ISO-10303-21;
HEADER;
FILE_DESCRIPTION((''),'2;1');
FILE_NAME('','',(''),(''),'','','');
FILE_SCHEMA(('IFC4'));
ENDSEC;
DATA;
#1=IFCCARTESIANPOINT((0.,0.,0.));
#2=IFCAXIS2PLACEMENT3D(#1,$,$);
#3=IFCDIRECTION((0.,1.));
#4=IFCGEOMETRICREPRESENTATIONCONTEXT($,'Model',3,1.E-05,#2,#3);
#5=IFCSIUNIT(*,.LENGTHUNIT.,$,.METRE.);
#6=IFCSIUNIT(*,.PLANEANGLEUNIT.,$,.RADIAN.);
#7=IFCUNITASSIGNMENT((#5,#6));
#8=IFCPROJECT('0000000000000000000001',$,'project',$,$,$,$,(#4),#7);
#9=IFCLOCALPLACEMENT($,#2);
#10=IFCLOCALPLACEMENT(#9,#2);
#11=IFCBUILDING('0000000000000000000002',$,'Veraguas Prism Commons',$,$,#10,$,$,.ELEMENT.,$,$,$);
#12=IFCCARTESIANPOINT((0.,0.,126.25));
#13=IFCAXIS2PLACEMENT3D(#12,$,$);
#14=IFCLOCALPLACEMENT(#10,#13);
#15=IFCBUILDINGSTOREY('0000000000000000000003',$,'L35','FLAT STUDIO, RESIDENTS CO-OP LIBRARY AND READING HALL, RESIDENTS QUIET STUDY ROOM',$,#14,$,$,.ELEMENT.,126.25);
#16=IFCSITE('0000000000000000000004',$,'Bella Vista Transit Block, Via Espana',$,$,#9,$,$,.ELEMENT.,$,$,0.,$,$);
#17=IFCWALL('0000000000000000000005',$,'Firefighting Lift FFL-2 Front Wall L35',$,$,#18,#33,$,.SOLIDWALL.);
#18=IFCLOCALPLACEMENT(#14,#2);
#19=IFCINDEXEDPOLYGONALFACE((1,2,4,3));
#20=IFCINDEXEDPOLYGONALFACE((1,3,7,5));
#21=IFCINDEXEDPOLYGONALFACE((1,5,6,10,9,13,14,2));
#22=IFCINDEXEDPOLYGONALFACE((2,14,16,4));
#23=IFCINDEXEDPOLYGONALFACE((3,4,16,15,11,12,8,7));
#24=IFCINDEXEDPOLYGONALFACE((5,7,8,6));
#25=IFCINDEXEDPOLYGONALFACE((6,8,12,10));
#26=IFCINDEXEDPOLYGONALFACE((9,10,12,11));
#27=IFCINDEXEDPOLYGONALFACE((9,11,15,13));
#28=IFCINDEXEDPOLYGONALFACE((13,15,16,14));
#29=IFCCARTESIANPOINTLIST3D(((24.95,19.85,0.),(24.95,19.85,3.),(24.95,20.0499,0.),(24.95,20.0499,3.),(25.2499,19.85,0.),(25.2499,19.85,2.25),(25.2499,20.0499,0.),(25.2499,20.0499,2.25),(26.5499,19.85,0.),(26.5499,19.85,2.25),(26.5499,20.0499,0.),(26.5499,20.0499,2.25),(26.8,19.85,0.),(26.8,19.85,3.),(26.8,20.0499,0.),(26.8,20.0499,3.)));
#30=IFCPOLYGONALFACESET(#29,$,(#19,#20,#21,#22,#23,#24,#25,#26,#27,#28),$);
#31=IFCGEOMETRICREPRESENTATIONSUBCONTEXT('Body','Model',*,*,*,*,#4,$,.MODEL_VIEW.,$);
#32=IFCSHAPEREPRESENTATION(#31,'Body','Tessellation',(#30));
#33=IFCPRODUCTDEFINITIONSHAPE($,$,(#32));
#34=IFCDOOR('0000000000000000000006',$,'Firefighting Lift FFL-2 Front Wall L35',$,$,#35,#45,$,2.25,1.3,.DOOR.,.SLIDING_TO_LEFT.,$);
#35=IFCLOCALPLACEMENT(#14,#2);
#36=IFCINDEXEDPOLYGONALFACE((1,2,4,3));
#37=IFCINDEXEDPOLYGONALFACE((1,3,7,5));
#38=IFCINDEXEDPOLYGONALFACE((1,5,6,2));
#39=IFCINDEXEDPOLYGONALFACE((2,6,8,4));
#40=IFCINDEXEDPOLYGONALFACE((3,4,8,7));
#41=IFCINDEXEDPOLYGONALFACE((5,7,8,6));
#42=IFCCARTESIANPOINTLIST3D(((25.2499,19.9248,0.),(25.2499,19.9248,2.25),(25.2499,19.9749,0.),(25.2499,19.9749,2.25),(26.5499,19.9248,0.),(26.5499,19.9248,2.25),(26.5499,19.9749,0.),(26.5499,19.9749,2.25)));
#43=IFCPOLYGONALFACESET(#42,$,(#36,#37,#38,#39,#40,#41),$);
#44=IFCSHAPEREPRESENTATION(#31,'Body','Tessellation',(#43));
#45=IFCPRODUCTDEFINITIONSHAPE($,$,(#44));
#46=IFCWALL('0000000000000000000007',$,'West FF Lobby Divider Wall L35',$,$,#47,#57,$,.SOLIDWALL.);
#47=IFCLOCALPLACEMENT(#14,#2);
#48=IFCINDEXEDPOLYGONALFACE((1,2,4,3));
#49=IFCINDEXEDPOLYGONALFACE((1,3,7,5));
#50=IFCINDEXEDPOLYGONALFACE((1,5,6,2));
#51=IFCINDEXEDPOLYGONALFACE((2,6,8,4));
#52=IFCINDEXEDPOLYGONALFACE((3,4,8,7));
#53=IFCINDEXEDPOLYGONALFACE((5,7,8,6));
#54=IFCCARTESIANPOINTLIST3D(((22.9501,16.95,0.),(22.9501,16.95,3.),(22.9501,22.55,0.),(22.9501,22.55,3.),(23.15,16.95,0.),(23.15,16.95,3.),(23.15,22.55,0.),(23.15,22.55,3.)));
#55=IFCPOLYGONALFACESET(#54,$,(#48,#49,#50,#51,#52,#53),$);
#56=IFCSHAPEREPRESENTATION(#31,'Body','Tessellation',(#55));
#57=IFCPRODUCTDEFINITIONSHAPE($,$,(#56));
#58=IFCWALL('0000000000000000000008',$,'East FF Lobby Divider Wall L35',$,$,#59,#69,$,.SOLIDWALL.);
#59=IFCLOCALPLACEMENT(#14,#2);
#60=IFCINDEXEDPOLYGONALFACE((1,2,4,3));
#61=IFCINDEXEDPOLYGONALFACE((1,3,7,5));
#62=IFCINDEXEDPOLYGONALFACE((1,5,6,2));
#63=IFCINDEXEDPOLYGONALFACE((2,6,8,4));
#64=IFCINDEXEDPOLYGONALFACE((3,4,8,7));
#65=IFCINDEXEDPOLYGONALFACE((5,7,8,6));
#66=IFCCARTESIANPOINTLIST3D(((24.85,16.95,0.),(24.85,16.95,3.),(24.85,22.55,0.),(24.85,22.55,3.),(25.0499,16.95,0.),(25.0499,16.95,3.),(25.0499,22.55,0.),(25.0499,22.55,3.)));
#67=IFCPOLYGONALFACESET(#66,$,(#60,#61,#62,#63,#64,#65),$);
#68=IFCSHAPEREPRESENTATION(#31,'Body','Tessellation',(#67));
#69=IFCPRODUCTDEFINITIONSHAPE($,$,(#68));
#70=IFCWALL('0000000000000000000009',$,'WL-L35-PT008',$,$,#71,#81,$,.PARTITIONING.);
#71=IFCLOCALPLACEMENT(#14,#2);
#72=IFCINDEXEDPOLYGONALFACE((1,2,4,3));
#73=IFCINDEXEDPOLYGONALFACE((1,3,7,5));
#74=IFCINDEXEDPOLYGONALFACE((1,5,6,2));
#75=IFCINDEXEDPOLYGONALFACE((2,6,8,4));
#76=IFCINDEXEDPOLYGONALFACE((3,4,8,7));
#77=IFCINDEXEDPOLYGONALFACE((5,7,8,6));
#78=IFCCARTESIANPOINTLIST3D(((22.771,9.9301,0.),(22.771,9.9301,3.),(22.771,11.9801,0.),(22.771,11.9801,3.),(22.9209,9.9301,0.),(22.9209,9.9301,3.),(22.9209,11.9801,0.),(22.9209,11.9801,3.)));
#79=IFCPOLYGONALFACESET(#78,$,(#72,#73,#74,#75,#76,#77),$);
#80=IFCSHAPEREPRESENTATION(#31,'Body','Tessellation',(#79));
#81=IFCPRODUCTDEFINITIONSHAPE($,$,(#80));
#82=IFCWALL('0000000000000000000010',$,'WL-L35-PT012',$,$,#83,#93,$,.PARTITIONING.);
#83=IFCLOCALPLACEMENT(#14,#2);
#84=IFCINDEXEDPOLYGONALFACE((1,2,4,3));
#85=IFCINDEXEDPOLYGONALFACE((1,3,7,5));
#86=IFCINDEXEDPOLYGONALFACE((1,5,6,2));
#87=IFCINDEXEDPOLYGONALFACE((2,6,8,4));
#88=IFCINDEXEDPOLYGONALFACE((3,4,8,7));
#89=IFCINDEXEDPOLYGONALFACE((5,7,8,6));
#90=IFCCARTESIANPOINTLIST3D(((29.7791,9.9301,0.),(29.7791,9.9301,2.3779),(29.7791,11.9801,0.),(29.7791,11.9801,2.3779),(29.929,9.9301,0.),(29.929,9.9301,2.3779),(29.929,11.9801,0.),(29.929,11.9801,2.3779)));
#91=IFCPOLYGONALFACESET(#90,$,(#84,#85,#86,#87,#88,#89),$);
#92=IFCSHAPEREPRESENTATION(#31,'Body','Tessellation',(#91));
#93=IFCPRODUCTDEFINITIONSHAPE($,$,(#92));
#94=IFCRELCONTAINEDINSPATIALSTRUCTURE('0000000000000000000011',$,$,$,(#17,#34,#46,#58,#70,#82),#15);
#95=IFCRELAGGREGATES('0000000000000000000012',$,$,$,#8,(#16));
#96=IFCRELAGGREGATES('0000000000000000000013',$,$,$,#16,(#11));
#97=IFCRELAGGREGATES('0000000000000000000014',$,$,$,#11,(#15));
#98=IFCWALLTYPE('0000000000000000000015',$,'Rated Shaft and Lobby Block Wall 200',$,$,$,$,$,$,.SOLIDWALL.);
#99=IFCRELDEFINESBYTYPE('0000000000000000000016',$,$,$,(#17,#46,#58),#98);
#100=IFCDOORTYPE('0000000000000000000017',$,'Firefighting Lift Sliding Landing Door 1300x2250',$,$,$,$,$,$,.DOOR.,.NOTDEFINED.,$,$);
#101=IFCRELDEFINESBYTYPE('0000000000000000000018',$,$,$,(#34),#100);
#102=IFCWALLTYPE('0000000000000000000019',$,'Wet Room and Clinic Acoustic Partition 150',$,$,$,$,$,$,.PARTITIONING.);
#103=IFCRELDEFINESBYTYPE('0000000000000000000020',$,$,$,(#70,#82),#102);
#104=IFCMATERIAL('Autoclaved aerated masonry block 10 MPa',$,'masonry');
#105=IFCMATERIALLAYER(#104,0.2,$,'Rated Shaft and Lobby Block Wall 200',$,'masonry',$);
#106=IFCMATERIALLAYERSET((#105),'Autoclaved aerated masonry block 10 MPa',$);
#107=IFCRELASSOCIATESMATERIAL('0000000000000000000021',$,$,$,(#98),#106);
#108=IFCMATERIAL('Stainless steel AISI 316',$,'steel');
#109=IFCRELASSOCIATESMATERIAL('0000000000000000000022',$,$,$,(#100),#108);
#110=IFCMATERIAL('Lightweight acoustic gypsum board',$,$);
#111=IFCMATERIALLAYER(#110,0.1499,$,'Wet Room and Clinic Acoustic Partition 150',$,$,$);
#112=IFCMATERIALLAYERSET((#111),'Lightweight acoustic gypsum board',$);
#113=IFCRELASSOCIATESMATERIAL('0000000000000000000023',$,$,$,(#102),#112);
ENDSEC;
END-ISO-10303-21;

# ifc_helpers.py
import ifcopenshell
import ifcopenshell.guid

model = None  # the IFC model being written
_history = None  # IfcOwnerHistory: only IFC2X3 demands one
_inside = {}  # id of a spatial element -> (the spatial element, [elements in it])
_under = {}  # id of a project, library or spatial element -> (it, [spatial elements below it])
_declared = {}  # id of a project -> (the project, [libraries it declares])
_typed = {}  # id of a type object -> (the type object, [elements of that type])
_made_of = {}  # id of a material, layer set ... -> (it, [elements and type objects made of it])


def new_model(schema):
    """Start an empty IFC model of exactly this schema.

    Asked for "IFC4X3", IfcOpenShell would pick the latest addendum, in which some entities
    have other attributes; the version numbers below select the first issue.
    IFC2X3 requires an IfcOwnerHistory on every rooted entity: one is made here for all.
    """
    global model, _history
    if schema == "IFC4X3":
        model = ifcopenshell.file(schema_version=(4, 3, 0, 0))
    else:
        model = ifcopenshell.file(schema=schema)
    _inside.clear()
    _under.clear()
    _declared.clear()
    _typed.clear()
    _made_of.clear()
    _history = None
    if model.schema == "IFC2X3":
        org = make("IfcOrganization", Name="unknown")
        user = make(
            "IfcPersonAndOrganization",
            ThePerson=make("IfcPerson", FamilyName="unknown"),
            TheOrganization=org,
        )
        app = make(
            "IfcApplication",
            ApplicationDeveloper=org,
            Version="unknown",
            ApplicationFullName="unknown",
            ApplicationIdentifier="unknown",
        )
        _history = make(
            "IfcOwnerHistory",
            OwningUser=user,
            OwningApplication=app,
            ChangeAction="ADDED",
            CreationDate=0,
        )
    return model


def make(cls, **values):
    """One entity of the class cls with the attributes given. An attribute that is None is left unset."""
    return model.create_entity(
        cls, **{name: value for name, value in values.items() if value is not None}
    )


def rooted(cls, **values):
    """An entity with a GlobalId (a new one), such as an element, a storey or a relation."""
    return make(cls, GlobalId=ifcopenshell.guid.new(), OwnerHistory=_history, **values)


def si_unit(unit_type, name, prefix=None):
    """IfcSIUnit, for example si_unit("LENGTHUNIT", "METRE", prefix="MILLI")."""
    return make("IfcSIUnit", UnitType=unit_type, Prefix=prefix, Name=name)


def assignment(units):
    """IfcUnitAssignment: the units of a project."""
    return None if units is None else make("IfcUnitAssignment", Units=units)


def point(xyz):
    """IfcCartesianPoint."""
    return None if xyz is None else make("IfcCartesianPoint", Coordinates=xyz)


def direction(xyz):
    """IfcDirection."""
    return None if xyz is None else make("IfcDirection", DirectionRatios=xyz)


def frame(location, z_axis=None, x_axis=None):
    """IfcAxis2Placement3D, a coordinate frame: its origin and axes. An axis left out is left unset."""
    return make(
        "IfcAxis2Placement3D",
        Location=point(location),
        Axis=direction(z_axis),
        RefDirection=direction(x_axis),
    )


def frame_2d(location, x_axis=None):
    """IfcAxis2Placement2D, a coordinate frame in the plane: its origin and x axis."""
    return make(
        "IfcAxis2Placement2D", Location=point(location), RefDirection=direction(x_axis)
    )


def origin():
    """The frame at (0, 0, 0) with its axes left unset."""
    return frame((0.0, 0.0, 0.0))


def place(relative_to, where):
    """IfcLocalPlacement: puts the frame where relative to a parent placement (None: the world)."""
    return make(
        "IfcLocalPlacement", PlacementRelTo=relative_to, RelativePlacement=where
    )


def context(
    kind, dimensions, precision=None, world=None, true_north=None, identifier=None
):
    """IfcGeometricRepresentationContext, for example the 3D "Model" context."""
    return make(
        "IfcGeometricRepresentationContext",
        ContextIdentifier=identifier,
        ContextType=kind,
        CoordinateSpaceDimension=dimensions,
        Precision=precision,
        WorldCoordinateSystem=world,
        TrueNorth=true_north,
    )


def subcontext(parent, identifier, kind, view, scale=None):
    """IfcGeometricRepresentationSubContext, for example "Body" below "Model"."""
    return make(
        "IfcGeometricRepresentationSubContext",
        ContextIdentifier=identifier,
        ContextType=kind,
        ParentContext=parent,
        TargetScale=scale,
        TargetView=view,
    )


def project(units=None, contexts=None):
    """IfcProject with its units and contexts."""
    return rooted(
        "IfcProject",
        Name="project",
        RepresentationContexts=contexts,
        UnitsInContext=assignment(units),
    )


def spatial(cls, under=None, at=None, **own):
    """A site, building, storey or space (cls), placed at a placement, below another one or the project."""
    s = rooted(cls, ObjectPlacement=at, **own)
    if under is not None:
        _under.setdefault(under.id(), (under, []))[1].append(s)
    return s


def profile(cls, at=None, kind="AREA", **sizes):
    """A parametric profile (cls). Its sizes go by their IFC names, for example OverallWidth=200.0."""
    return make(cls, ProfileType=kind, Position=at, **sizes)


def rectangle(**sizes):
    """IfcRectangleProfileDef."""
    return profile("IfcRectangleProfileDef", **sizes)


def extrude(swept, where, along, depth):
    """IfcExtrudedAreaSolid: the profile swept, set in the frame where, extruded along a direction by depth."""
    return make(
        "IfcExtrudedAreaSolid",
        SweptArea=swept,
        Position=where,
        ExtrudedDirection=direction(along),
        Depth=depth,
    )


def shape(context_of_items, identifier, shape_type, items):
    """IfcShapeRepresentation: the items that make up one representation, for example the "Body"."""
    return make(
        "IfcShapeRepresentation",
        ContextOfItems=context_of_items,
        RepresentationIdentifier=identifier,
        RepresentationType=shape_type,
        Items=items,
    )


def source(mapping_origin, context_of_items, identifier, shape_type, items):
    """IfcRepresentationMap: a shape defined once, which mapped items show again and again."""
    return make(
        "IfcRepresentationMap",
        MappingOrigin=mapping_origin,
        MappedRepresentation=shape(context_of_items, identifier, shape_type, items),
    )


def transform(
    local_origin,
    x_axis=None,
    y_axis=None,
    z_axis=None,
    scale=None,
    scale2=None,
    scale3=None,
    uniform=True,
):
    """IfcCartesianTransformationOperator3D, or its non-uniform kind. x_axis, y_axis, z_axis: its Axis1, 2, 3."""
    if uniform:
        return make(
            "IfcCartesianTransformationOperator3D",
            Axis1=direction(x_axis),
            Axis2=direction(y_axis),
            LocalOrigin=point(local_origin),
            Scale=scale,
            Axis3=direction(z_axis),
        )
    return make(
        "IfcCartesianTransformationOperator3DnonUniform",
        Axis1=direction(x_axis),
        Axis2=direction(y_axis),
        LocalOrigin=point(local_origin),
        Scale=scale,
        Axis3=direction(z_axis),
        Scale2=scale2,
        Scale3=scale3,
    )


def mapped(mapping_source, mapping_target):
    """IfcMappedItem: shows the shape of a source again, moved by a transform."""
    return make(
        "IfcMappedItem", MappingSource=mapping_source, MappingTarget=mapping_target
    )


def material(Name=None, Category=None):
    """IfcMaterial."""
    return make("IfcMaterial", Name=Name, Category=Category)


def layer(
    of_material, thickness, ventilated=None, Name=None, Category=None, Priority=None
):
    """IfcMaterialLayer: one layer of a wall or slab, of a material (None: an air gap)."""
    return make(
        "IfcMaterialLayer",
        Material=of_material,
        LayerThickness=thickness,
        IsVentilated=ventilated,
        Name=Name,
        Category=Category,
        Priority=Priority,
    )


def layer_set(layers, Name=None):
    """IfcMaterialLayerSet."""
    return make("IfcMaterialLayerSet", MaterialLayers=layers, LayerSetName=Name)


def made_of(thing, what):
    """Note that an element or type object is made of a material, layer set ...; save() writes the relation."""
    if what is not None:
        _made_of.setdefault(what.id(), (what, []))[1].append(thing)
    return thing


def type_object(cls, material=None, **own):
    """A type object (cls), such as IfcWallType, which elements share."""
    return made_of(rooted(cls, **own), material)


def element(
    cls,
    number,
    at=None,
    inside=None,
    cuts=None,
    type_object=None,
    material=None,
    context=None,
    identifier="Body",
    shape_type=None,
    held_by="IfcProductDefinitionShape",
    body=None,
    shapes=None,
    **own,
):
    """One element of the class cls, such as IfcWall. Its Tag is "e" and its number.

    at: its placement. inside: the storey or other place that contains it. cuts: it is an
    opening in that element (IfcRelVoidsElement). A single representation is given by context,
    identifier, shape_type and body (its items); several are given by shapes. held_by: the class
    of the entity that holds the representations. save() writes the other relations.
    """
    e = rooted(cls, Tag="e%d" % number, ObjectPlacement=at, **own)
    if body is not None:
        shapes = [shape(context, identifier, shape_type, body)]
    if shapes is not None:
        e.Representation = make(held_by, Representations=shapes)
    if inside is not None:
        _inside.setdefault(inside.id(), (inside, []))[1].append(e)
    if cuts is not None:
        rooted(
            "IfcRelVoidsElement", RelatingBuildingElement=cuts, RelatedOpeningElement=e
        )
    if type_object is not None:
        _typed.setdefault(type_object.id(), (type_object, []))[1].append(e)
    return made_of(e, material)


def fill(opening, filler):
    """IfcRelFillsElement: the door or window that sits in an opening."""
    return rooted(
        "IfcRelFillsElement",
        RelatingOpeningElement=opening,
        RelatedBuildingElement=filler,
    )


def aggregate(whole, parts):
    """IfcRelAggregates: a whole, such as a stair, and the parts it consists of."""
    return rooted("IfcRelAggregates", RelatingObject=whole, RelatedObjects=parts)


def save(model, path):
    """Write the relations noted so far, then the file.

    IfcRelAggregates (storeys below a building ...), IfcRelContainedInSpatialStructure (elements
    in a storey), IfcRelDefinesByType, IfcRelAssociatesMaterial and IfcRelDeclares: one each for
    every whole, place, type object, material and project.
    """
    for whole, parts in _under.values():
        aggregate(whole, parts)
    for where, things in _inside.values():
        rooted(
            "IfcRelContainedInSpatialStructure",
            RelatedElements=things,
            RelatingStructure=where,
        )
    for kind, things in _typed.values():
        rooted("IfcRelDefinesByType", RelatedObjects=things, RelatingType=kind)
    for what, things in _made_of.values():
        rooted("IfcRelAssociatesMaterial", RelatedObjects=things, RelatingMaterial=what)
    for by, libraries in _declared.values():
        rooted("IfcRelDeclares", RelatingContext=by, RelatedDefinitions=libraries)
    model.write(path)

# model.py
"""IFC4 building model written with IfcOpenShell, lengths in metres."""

from ifc_helpers import new_model, si_unit, direction, frame, frame_2d, origin, place, context, subcontext, project, spatial, rectangle, extrude, source, transform, mapped, material, layer, layer_set, type_object, element, fill, save


model = new_model("IFC4")

# Units and contexts
model_context = context("Model", 3, precision=1e-05, world=origin(), true_north=direction((0.0, 1.0)))
body_context = subcontext(model_context, "Body", "Model", "MODEL_VIEW")
ifc_project = project(units=[si_unit("LENGTHUNIT", "METRE"), si_unit("PLANEANGLEUNIT", "RADIAN")], contexts=[model_context])

# Site, building, storey
site_placement = place(None, origin())
site = spatial("IfcSite", under=ifc_project, at=site_placement, Name="Bella Vista Transit Block, Via Espana", CompositionType="ELEMENT", RefElevation=0.0)
building_placement = place(site_placement, origin())
building = spatial("IfcBuilding", under=site, at=building_placement, Name="Veraguas Prism Commons", CompositionType="ELEMENT")
storey_placement = place(building_placement, frame((0.0, 0.0, 126.25)))
storey = spatial("IfcBuildingStorey", under=building, at=storey_placement, Name="L35", Description="FLAT STUDIO, RESIDENTS CO-OP LIBRARY AND READING HALL, RESIDENTS QUIET STUDY ROOM", CompositionType="ELEMENT", Elevation=126.25)

# Shared definitions
ifc_material_1 = material(Name="Autoclaved aerated masonry block 10 MPa", Category="masonry")

# Wall, opening, door
ifc_material_2 = material(Name="Lightweight acoustic gypsum board")
ifc_layer_1 = layer(ifc_material_1, 0.2, Name="Rated Shaft and Lobby Block Wall 200", Category="masonry")
ifc_layer_set_1 = layer_set([ifc_layer_1], Name="Autoclaved aerated masonry block 10 MPa")
wall_type_1 = type_object("IfcWallType", Name="Rated Shaft and Lobby Block Wall 200", PredefinedType="SOLIDWALL", material=ifc_layer_set_1)
ifc_material_3 = material(Name="Stainless steel AISI 316", Category="steel")
door_type_1 = type_object("IfcDoorType", Name="Firefighting Lift Sliding Landing Door 1300x2250", OperationType="NOTDEFINED", PredefinedType="DOOR", material=ifc_material_3)
shared_shape_1 = source(origin(), body_context, "Body", "SweptSolid", [
    extrude(rectangle(XDim=1.3, YDim=2.25, at=frame_2d((0.6499, 1.125))), frame((0.0, 0.0249, 0.0), z_axis=(0.0, -1.0, 0.0), x_axis=(1.0, 0.0, 0.0)), (0.0, 0.0, 1.0), 0.05),
])
wall_1_placement = place(storey_placement, frame((24.95, 19.95, 0.0), z_axis=(0.0, 0.0, 1.0), x_axis=(1.0, 0.0, 0.0)))
wall_1 = element("IfcWall", 1, at=wall_1_placement, inside=storey, type_object=wall_type_1, Name="Firefighting Lift FFL-2 Front Wall L35", PredefinedType="SOLIDWALL", context=body_context, shape_type="SweptSolid", body=[
    extrude(rectangle(XDim=1.8501, YDim=0.2, at=frame_2d((0.925, 0.0))), origin(), (0.0, 0.0, 1.0), 3.0),
])
opening_1_placement = place(wall_1_placement, frame((0.3, 0.0, 0.0)))
opening_1 = element("IfcOpeningElement", 2, at=opening_1_placement, cuts=wall_1, PredefinedType="OPENING", context=body_context, shape_type="SweptSolid", body=[
    extrude(rectangle(XDim=1.3, YDim=2.25, at=frame_2d((0.6499, 1.125))), frame((0.0, 0.1099, 0.0), z_axis=(0.0, -1.0, 0.0), x_axis=(1.0, 0.0, 0.0)), (0.0, 0.0, 1.0), 0.22),
])
door_1_placement = place(opening_1_placement, origin())
door_1 = element("IfcDoor", 3, at=door_1_placement, inside=storey, type_object=door_type_1, Name="Firefighting Lift FFL-2 Front Wall L35", OperationType="SLIDING_TO_LEFT", OverallHeight=2.25, OverallWidth=1.3, PredefinedType="DOOR", context=body_context, shape_type="MappedRepresentation", body=[
    mapped(shared_shape_1, transform((0.0, 0.0, 0.0), scale=1.0)),
])
fill(opening_1, door_1)

# Walls
for number, where, z_axis, x_axis, name in (
    (4, (23.05, 16.95, 0.0), (0.0, 0.0, 1.0), (0.0, 1.0, 0.0), "West FF Lobby Divider Wall L35"),
    (5, (24.95, 16.95, 0.0), (0.0, 0.0, 1.0), (0.0, 1.0, 0.0), "East FF Lobby Divider Wall L35"),
):
    element("IfcWall", number, at=place(storey_placement, frame(where, z_axis=z_axis, x_axis=x_axis)), inside=storey, type_object=wall_type_1, Name=name, PredefinedType="SOLIDWALL", context=body_context, shape_type="SweptSolid", body=[
        extrude(rectangle(XDim=5.6001, YDim=0.2, at=frame_2d((2.8, 0.0))), origin(), (0.0, 0.0, 1.0), 3.0),
    ])
ifc_layer_2 = layer(ifc_material_2, 0.1499, Name="Wet Room and Clinic Acoustic Partition 150")
ifc_layer_set_2 = layer_set([ifc_layer_2], Name="Lightweight acoustic gypsum board")
wall_type_2 = type_object("IfcWallType", Name="Wet Room and Clinic Acoustic Partition 150", PredefinedType="PARTITIONING", material=ifc_layer_set_2)
wall_2_placement = place(storey_placement, frame((22.8459, 11.98, 0.0), z_axis=(0.0, 0.0, 1.0), x_axis=(0.0, -1.0, 0.0)))
element("IfcWall", 6, at=wall_2_placement, inside=storey, type_object=wall_type_2, Name="WL-L35-PT008", PredefinedType="PARTITIONING", context=body_context, shape_type="SweptSolid", body=[
    extrude(rectangle(XDim=2.05, YDim=0.1499, at=frame_2d((1.0249, 0.0))), origin(), (0.0, 0.0, 1.0), 3.0),
])
wall_3_placement = place(storey_placement, frame((29.854, 11.98, 0.0), z_axis=(0.0, 0.0, 1.0), x_axis=(0.0, -1.0, 0.0)))
element("IfcWall", 7, at=wall_3_placement, inside=storey, type_object=wall_type_2, Name="WL-L35-PT012", PredefinedType="PARTITIONING", context=body_context, shape_type="SweptSolid", body=[
    extrude(rectangle(XDim=2.05, YDim=0.1499, at=frame_2d((1.0249, 0.0))), origin(), (0.0, 0.0, 1.0), 2.3779),
])

save(model, "model.ifc")
